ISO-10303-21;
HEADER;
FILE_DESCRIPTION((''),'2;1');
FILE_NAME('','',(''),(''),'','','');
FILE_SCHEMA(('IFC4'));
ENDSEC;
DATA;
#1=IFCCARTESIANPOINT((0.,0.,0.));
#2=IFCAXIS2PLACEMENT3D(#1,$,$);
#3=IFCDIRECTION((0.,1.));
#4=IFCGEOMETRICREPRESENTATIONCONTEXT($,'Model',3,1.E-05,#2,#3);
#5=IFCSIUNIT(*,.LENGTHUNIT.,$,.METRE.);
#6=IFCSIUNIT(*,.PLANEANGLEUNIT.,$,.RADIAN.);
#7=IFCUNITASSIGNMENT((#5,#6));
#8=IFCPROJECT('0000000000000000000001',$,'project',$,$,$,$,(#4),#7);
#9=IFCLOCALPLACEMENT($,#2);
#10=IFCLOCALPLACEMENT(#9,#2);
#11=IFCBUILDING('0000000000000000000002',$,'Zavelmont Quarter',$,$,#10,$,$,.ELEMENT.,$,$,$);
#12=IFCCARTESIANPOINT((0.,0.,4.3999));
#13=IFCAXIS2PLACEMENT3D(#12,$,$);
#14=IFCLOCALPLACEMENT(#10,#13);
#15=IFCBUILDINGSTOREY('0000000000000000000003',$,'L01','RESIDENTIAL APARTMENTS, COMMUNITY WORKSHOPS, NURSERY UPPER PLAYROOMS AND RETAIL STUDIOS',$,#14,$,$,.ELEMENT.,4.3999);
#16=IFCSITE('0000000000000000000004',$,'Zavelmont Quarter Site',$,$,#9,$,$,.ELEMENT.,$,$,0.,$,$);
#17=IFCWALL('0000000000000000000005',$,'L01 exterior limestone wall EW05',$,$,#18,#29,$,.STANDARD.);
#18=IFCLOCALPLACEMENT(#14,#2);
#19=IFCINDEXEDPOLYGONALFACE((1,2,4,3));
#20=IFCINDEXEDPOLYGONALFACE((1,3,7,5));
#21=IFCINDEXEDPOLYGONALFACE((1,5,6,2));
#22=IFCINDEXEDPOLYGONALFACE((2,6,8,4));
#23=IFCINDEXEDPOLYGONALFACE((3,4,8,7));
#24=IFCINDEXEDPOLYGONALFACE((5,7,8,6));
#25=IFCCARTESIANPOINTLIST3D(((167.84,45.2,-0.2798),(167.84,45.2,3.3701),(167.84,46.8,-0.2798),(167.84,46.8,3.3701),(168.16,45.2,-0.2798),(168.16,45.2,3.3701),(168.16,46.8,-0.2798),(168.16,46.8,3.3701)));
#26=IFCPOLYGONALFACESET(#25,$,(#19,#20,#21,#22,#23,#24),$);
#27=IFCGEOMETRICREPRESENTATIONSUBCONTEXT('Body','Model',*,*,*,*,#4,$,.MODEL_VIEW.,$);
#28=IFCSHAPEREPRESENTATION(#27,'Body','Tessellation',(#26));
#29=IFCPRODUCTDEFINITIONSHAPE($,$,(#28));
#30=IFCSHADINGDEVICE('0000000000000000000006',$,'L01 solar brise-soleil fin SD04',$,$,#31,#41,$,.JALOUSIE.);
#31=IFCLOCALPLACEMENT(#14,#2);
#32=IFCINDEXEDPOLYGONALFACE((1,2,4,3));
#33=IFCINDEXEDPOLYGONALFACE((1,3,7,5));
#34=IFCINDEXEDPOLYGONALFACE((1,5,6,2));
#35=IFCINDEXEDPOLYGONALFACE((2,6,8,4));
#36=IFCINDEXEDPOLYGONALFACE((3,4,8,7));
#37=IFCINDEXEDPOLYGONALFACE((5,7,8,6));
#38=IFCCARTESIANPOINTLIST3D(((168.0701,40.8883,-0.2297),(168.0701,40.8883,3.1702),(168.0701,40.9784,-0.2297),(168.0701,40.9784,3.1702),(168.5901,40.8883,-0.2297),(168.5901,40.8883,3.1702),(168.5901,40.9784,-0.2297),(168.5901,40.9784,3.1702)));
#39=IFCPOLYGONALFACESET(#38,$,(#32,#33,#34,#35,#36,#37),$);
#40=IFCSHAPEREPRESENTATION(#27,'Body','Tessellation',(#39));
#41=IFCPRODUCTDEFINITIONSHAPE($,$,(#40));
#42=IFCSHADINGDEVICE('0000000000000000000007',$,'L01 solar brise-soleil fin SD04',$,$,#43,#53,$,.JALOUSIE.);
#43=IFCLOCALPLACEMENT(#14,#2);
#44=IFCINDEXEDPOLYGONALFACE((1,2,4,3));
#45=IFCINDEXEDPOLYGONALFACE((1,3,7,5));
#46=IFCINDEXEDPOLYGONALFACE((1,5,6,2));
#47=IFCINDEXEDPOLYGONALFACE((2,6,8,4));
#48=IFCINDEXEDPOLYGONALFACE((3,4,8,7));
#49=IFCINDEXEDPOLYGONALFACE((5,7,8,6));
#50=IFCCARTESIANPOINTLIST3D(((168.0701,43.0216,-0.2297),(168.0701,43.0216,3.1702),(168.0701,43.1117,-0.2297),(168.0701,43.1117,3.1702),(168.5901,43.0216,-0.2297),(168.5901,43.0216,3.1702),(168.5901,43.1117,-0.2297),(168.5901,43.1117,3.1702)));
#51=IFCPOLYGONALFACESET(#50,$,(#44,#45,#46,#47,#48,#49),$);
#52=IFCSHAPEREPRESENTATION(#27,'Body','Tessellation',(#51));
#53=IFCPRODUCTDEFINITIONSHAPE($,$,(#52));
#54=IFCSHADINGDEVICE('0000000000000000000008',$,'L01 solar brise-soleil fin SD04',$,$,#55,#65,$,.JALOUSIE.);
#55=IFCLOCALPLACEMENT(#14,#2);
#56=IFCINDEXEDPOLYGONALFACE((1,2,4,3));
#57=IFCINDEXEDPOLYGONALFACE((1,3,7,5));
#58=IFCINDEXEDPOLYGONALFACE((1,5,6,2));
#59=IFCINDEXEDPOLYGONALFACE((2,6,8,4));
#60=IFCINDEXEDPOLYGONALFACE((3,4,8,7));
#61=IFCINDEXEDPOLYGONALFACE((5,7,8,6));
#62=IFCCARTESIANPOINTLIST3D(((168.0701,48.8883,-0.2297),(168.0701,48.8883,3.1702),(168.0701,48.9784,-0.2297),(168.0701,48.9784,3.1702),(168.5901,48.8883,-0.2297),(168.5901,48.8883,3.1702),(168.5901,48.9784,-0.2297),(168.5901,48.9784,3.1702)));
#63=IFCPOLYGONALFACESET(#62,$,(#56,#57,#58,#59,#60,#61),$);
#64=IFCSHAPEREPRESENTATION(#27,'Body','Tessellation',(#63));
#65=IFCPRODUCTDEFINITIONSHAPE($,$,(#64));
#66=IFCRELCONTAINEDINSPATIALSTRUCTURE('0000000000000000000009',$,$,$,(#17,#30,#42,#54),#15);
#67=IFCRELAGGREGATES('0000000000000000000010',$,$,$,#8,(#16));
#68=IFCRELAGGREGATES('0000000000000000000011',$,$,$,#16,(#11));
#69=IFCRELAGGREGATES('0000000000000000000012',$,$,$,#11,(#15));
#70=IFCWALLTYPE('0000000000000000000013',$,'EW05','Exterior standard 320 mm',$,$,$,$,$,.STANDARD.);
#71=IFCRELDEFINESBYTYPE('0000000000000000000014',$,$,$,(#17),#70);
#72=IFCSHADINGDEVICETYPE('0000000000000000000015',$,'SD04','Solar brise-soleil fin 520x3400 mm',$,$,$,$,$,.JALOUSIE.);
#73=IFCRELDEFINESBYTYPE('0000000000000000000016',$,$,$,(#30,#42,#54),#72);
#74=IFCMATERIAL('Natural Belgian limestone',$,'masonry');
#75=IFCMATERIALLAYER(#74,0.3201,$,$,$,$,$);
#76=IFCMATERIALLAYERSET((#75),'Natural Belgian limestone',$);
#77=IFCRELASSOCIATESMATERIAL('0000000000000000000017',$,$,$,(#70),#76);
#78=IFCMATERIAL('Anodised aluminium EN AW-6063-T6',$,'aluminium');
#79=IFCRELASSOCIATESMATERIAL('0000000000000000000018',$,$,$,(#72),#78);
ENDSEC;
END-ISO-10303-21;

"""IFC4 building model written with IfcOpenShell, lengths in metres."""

from ifc_helpers import new_model, si_unit, direction, frame, frame_2d, origin, origin_2d, place, context, subcontext, project, spatial, rectangle, extrude, material, layer, layer_set, type_object, element, save


model = new_model("IFC4")

# Units and contexts
model_context = context("Model", 3, precision=1e-05, world=origin(), true_north=direction((0.0, 1.0)))
body_context = subcontext(model_context, "Body", "Model", "MODEL_VIEW")
ifc_project = project(units=[si_unit("LENGTHUNIT", "METRE"), si_unit("PLANEANGLEUNIT", "RADIAN")], contexts=[model_context])

# Site, building, storey
site_placement = place(None, origin())
site = spatial("IfcSite", under=ifc_project, at=site_placement, Name="Zavelmont Quarter Site", CompositionType="ELEMENT", RefElevation=0.0)
building_placement = place(site_placement, origin())
building = spatial("IfcBuilding", under=site, at=building_placement, Name="Zavelmont Quarter", CompositionType="ELEMENT")
storey_placement = place(building_placement, frame((0.0, 0.0, 4.3999)))
storey = spatial("IfcBuildingStorey", under=building, at=storey_placement, Name="L01", Description="RESIDENTIAL APARTMENTS, COMMUNITY WORKSHOPS, NURSERY UPPER PLAYROOMS AND RETAIL STUDIOS", CompositionType="ELEMENT", Elevation=4.3999)

# Wall
ifc_material_1 = material(Name="Natural Belgian limestone", Category="masonry")
ifc_layer_1 = layer(ifc_material_1, 0.3201)
ifc_layer_set_1 = layer_set([ifc_layer_1], Name="Natural Belgian limestone")
wall_type = type_object("IfcWallType", Name="EW05", Description="Exterior standard 320 mm", PredefinedType="STANDARD", material=ifc_layer_set_1)
wall_placement = place(storey_placement, frame((168.0, 45.2, -0.2798), z_axis=(0.0, 0.0, 1.0), x_axis=(0.0, 1.0, 0.0)))
element("IfcWall", 1, at=wall_placement, inside=storey, type_object=wall_type, Name="L01 exterior limestone wall EW05", PredefinedType="STANDARD", context=body_context, shape_type="SweptSolid", body=[
    extrude(rectangle(XDim=1.6001, YDim=0.3201, at=frame_2d((0.8, 0.0))), origin(), (0.0, 0.0, 1.0), 3.6499),
])

# Shading devices
ifc_material_2 = material(Name="Anodised aluminium EN AW-6063-T6", Category="aluminium")
shading_device_type = type_object("IfcShadingDeviceType", Name="SD04", Description="Solar brise-soleil fin 520x3400 mm", PredefinedType="JALOUSIE", material=ifc_material_2)
for number, where, z_axis, x_axis, name in (
    (2, (168.3301, 40.9333, -0.2297), (0.0, 0.0, 1.0), (0.0, 1.0, 0.0), "L01 solar brise-soleil fin SD04"),
    (3, (168.3301, 43.0667, -0.2297), (0.0, 0.0, 1.0), (0.0, 1.0, 0.0), "L01 solar brise-soleil fin SD04"),
    (4, (168.3301, 48.9333, -0.2297), (0.0, 0.0, 1.0), (0.0, 1.0, 0.0), "L01 solar brise-soleil fin SD04"),
):
    element("IfcShadingDevice", number, at=place(storey_placement, frame(where, z_axis=z_axis, x_axis=x_axis)), inside=storey, type_object=shading_device_type, Name=name, PredefinedType="JALOUSIE", context=body_context, shape_type="SweptSolid", body=[
        extrude(rectangle(XDim=0.0901, YDim=0.52, at=origin_2d()), origin(), (0.0, 0.0, 1.0), 3.3999),
    ])

save(model, "model.ifc")
